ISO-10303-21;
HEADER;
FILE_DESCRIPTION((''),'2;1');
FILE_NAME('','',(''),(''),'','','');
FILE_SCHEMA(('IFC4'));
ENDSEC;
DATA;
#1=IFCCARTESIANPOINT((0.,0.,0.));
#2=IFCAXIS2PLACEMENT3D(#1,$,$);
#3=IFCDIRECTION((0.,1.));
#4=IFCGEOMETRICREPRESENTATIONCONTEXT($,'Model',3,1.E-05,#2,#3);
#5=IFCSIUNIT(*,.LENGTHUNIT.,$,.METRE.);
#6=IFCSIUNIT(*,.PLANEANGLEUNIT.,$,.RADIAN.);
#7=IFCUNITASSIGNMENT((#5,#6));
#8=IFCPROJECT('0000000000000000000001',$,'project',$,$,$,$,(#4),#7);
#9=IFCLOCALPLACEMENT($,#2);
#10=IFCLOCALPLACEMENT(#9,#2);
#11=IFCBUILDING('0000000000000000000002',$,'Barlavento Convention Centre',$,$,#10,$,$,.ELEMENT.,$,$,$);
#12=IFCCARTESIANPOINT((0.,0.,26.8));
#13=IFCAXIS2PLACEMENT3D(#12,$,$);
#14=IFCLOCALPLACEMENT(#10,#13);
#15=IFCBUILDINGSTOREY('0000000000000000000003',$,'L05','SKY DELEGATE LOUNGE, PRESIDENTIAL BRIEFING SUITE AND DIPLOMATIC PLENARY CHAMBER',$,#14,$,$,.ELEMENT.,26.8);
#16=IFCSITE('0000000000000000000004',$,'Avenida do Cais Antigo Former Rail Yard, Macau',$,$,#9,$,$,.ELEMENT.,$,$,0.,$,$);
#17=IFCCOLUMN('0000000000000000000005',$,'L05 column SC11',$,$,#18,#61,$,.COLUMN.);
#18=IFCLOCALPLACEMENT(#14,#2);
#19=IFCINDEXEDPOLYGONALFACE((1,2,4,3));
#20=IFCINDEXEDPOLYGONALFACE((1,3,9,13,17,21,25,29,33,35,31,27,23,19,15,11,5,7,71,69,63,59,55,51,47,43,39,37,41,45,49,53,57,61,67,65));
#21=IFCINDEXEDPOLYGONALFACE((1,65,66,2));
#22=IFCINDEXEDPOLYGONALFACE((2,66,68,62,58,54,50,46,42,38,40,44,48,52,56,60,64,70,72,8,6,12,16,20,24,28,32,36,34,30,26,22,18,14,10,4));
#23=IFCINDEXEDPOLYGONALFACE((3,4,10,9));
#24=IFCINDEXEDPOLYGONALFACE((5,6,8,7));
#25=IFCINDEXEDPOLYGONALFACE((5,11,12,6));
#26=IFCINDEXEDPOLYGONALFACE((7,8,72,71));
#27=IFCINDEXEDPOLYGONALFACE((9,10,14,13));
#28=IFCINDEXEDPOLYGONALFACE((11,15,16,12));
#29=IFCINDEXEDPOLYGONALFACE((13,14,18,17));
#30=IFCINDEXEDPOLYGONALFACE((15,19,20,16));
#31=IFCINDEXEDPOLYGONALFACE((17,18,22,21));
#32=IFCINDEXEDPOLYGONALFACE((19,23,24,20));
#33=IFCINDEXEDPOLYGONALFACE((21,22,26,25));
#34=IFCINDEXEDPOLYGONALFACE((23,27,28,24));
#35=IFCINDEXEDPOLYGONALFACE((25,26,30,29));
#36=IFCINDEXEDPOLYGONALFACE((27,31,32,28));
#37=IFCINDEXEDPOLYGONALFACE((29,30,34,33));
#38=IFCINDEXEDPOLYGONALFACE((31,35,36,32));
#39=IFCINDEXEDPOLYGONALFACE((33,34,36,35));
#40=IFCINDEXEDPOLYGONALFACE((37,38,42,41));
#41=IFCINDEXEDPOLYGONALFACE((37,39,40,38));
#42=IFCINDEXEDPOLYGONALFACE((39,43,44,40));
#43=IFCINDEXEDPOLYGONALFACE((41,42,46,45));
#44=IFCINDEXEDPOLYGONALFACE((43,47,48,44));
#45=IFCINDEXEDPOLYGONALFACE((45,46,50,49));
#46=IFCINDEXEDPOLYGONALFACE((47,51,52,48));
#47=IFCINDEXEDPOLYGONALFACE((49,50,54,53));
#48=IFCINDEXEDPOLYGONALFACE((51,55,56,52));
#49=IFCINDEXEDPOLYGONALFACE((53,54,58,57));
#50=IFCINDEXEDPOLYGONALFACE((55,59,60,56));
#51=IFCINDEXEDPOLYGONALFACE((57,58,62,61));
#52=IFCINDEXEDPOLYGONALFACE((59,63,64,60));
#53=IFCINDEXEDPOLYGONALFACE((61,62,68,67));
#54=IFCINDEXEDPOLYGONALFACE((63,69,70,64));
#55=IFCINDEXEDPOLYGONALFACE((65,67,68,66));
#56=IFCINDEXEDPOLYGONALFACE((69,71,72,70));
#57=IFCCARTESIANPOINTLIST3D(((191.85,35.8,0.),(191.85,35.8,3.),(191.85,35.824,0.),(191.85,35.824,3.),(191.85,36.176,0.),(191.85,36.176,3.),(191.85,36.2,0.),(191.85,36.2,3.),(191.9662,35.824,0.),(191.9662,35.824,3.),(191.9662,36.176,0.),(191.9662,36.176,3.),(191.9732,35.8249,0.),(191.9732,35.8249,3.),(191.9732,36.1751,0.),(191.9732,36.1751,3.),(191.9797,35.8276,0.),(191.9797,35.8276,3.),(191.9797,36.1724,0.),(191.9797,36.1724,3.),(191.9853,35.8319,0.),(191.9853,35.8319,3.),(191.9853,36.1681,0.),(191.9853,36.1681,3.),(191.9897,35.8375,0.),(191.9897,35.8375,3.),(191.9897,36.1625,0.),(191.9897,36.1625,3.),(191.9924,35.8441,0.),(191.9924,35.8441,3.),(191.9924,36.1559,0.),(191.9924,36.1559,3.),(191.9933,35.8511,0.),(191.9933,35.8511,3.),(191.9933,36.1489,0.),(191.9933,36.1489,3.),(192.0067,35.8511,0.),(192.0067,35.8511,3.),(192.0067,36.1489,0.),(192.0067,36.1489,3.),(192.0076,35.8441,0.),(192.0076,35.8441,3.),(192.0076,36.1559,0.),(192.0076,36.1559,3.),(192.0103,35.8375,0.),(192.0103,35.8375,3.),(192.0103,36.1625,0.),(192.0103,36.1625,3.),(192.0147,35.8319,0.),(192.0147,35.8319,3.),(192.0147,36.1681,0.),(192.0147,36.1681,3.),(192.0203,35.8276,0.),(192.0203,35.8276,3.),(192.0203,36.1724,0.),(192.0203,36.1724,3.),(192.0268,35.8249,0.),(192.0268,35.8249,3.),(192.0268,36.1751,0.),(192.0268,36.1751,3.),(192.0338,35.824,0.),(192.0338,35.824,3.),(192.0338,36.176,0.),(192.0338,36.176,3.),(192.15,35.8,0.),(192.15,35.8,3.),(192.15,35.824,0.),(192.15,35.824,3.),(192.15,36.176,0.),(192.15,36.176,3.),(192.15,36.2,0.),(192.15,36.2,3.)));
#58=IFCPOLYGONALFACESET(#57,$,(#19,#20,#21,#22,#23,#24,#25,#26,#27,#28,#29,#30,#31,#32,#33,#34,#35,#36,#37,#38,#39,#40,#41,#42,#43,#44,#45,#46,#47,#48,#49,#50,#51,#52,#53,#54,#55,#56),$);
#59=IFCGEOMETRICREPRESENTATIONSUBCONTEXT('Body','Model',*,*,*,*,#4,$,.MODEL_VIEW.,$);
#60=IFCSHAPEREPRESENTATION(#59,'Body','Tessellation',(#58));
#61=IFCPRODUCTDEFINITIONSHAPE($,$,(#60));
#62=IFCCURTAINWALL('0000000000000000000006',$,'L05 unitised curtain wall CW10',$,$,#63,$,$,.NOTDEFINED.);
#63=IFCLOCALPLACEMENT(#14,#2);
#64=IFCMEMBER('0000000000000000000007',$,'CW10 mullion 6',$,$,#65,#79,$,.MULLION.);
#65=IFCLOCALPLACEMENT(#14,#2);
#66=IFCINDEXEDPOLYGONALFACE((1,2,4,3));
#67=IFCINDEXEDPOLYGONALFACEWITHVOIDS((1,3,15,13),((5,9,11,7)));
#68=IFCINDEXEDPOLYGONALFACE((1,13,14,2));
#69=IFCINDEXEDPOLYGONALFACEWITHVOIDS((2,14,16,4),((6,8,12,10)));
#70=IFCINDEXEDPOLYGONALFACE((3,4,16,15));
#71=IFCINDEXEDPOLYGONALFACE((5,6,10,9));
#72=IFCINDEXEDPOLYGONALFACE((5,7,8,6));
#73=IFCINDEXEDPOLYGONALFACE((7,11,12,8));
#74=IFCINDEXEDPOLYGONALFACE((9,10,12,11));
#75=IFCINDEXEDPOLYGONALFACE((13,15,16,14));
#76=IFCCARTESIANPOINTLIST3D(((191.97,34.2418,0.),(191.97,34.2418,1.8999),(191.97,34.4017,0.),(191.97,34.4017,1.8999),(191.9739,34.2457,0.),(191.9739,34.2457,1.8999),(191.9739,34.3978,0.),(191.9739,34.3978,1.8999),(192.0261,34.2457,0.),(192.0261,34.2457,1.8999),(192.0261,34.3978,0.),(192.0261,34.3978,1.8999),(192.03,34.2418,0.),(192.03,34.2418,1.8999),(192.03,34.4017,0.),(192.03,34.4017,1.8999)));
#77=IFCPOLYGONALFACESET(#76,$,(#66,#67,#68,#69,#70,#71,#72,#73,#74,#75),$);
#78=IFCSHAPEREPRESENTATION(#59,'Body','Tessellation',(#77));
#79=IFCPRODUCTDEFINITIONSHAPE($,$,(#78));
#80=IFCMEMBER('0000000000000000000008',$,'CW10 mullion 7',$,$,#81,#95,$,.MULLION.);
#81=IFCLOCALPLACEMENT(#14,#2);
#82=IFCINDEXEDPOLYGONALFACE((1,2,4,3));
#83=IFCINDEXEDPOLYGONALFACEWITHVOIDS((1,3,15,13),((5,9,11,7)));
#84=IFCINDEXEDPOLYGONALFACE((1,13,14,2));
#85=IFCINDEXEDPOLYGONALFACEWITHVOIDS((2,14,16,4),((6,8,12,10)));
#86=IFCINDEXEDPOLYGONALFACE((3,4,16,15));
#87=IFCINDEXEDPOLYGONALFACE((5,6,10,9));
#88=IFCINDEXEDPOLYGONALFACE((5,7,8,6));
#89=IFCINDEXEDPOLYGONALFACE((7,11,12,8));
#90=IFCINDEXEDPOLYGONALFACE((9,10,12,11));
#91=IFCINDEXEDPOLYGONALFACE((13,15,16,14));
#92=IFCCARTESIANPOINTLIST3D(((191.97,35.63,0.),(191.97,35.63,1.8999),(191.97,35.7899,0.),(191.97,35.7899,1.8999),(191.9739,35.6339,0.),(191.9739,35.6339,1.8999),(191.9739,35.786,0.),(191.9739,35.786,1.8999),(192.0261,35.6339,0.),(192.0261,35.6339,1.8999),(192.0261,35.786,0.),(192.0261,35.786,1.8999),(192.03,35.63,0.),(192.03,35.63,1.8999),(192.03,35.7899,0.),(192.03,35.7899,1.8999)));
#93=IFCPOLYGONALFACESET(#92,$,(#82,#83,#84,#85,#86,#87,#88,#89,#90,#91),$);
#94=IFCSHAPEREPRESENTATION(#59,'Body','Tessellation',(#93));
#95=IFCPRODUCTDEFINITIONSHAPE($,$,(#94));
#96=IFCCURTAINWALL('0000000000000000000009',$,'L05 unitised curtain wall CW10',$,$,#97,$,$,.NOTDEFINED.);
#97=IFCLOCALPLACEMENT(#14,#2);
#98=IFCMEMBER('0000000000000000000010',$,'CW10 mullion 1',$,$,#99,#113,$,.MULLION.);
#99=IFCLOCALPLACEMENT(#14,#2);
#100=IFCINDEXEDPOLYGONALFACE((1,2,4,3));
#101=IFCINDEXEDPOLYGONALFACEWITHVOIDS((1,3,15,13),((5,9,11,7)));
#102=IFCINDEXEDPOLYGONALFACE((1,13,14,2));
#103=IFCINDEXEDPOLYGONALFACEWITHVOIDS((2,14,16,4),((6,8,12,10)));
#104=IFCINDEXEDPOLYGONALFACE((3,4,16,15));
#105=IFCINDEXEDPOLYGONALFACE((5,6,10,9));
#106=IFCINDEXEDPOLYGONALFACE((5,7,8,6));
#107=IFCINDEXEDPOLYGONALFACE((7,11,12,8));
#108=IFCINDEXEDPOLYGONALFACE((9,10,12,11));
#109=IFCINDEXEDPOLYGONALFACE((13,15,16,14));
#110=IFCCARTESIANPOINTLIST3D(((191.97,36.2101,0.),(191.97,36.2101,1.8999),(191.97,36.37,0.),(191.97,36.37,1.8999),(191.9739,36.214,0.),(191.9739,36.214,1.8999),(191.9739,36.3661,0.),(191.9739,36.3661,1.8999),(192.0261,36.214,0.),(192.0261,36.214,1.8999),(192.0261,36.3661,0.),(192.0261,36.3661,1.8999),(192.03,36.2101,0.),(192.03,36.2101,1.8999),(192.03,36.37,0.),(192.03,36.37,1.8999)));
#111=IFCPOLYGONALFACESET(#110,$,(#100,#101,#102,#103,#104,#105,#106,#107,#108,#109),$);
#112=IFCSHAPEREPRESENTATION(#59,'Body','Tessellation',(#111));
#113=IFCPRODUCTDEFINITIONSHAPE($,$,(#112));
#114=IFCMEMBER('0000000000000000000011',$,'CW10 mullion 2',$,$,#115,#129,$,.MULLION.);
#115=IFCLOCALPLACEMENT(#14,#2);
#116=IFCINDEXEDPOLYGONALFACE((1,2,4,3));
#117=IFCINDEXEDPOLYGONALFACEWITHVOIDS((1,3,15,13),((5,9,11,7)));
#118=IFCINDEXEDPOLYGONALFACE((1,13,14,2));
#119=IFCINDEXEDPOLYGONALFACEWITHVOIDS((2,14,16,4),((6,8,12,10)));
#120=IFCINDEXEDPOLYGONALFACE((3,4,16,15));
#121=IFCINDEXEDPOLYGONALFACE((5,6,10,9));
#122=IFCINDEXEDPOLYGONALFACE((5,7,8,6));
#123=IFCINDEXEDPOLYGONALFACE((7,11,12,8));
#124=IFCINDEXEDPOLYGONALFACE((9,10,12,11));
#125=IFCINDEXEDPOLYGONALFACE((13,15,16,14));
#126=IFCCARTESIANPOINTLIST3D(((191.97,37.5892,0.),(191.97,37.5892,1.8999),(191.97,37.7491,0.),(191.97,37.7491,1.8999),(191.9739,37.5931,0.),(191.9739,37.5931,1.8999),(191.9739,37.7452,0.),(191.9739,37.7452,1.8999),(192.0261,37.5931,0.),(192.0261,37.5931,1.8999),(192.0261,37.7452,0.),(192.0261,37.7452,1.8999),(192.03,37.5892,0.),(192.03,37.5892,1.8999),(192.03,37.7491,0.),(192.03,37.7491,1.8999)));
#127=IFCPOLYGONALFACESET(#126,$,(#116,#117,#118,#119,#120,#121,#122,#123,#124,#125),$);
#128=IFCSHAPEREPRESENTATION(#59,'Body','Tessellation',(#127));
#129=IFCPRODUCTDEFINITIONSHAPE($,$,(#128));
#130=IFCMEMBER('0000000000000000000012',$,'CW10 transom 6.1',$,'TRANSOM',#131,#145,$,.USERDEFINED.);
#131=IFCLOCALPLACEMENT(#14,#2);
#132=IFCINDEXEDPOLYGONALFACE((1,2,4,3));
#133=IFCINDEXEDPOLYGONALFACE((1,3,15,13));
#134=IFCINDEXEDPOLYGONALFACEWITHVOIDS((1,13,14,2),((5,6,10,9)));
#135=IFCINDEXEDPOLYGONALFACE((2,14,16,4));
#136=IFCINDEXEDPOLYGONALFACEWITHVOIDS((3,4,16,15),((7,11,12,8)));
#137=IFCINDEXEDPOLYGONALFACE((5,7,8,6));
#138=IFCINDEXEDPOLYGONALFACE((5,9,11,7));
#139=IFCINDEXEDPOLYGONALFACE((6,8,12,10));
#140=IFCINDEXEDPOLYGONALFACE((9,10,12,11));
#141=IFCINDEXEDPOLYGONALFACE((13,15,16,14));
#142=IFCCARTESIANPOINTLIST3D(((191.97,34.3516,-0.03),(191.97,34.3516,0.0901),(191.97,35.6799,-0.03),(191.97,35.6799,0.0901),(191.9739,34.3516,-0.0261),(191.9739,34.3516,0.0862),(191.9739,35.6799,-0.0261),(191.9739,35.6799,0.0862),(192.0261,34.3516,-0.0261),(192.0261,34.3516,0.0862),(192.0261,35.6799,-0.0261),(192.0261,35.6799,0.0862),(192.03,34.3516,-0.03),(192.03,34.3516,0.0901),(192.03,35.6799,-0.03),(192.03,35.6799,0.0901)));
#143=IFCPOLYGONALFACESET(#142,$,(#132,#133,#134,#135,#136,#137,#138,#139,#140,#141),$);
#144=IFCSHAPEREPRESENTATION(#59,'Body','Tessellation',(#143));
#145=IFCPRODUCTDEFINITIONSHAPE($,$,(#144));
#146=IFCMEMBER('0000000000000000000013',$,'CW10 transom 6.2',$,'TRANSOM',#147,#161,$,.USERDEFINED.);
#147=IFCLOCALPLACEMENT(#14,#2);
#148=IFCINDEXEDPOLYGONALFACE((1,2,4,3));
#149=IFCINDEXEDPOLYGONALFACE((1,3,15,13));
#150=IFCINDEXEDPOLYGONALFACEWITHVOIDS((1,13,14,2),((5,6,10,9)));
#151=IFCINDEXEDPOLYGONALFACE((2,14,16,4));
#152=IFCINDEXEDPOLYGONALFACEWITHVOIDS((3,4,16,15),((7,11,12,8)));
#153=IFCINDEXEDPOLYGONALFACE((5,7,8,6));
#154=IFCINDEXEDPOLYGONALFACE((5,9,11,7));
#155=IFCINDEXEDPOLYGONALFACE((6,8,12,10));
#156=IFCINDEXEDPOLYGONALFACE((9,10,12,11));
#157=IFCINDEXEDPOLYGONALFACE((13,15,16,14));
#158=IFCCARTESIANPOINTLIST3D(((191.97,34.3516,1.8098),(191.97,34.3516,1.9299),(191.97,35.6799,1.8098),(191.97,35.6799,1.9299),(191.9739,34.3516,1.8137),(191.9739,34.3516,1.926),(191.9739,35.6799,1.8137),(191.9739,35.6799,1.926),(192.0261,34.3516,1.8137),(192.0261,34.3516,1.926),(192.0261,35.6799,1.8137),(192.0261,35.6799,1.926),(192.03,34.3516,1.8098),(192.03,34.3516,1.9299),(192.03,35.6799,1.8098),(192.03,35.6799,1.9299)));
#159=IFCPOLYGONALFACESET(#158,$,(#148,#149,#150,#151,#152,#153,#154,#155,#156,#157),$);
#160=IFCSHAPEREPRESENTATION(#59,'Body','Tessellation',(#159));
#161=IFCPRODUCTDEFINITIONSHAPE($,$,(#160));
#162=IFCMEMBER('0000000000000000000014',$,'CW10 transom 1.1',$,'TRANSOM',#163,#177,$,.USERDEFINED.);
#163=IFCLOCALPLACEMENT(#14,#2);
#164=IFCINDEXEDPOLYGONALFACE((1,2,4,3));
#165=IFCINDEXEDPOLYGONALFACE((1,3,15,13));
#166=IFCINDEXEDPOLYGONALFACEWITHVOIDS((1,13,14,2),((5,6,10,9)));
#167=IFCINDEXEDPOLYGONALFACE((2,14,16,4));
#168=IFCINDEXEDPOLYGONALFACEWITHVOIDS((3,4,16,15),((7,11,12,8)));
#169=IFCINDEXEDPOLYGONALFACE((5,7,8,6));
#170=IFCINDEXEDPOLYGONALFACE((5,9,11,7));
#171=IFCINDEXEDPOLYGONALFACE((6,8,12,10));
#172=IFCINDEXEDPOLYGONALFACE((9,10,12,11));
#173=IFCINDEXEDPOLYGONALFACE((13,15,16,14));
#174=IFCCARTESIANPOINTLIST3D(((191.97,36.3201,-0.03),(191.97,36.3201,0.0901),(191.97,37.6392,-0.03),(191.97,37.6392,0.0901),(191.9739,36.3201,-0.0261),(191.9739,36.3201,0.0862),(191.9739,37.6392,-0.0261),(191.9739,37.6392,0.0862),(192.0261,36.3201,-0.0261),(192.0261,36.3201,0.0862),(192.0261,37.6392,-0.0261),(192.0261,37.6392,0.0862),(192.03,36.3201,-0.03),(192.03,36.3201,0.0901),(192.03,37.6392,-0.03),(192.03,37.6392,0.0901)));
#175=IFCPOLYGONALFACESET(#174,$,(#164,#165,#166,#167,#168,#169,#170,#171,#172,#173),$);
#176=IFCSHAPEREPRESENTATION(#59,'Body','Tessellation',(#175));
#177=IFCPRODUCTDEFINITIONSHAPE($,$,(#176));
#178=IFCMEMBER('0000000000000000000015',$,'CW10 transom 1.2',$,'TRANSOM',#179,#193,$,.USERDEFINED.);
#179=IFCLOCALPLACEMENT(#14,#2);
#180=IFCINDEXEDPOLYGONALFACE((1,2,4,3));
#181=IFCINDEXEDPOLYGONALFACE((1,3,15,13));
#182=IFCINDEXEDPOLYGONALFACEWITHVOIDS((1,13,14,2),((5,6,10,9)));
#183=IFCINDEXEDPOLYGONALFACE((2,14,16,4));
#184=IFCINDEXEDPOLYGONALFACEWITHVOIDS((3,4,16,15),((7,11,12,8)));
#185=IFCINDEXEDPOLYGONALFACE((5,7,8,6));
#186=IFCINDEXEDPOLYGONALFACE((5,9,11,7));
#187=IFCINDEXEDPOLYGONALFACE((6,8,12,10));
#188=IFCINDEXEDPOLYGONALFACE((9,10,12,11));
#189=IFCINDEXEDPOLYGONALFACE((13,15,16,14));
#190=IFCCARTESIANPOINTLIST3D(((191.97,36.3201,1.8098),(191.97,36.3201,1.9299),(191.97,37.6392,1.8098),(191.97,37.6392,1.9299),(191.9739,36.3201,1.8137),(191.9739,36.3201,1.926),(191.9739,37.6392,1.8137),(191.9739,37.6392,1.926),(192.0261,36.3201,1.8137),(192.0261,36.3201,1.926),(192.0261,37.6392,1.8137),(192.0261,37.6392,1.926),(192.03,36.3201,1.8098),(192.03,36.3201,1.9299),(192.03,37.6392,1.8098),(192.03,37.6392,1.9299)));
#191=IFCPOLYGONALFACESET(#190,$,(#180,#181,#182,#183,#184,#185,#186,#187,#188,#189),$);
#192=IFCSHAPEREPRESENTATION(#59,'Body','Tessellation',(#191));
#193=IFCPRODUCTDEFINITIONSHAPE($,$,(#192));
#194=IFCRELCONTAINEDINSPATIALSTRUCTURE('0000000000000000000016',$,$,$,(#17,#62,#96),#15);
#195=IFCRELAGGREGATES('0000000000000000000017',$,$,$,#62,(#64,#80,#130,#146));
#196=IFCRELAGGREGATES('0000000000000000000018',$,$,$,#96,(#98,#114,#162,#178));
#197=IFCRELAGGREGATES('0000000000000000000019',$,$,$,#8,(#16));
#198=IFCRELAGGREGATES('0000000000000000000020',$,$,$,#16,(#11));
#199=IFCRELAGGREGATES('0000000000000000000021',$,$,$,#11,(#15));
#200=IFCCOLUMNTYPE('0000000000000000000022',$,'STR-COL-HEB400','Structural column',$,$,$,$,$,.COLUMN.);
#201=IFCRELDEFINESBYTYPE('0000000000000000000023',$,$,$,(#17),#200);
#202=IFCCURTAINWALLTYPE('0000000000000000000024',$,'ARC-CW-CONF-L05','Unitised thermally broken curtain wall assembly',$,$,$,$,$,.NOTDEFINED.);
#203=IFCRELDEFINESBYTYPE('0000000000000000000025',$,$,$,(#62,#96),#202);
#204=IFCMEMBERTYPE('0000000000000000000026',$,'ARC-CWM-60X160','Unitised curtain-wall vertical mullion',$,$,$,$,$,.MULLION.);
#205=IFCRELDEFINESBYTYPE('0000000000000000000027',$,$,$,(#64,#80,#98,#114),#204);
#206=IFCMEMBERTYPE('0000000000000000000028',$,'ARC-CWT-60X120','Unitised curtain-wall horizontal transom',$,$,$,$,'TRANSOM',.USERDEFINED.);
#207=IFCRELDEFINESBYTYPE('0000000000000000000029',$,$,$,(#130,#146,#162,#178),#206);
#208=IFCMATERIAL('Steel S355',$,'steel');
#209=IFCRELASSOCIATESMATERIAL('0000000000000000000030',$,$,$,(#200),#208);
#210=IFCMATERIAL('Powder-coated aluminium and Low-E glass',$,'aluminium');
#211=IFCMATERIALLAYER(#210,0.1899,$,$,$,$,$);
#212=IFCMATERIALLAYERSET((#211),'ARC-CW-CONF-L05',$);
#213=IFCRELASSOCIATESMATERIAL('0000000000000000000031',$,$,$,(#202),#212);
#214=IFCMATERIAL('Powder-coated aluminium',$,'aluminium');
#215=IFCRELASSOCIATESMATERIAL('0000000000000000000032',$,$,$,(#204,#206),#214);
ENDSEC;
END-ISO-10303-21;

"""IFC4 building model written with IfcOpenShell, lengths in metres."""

from ifc_helpers import new_model, si_unit, direction, frame, origin, origin_2d, place, context, subcontext, project, spatial, hollow_rectangle, i_section, extrude, material, layer, layer_set, material_profile, profile_set, type_object, element, aggregate, save


model = new_model("IFC4")

# Units and contexts
model_context = context("Model", 3, precision=1e-05, world=origin(), true_north=direction((0.0, 1.0)))
body_context = subcontext(model_context, "Body", "Model", "MODEL_VIEW")
ifc_project = project(units=[si_unit("LENGTHUNIT", "METRE"), si_unit("PLANEANGLEUNIT", "RADIAN")], contexts=[model_context])

# Site, building, storey
site_placement = place(None, origin())
site = spatial("IfcSite", under=ifc_project, at=site_placement, Name="Avenida do Cais Antigo Former Rail Yard, Macau", CompositionType="ELEMENT", RefElevation=0.0)
building_placement = place(site_placement, origin())
building = spatial("IfcBuilding", under=site, at=building_placement, Name="Barlavento Convention Centre", CompositionType="ELEMENT")
storey_placement = place(building_placement, frame((0.0, 0.0, 26.8)))
storey = spatial("IfcBuildingStorey", under=building, at=storey_placement, Name="L05", Description="SKY DELEGATE LOUNGE, PRESIDENTIAL BRIEFING SUITE AND DIPLOMATIC PLENARY CHAMBER", CompositionType="ELEMENT", Elevation=26.8)

# Column
ifc_material_1 = material(Name="Steel S355", Category="steel")
ifc_material_profile_1 = material_profile(ifc_material_1, i_section(OverallWidth=0.3, OverallDepth=0.3999, WebThickness=0.0134, FlangeThickness=0.0239, FilletRadius=0.0271, at=origin_2d()), Name="HEB 400")
ifc_profile_set_1 = profile_set([ifc_material_profile_1], Name="Steel S355")
column_type = type_object("IfcColumnType", Name="STR-COL-HEB400", Description="Structural column", PredefinedType="COLUMN", material=ifc_profile_set_1)
column_placement = place(storey_placement, frame((192.0, 36.0, 0.0), z_axis=(0.0, 0.0, 1.0), x_axis=(1.0, 0.0, 0.0)))
element("IfcColumn", 1, at=column_placement, inside=storey, type_object=column_type, Name="L05 column SC11", PredefinedType="COLUMN", context=body_context, shape_type="SweptSolid", body=[
    extrude(i_section(OverallWidth=0.3, OverallDepth=0.3999, WebThickness=0.0134, FlangeThickness=0.0239, FilletRadius=0.0271, at=origin_2d()), origin(), (0.0, 0.0, 1.0), 3.0),
])

# Curtain walls, members
ifc_material_2 = material(Name="Powder-coated aluminium and Low-E glass", Category="aluminium")
ifc_layer_1 = layer(ifc_material_2, 0.1899)
ifc_layer_set_1 = layer_set([ifc_layer_1], Name="ARC-CW-CONF-L05")
curtain_wall_type = type_object("IfcCurtainWallType", Name="ARC-CW-CONF-L05", Description="Unitised thermally broken curtain wall assembly", PredefinedType="NOTDEFINED", material=ifc_layer_set_1)
curtain_wall_1_placement = place(storey_placement, origin())
curtain_wall_1 = element("IfcCurtainWall", 2, at=curtain_wall_1_placement, inside=storey, type_object=curtain_wall_type, Name="L05 unitised curtain wall CW10", PredefinedType="NOTDEFINED")
ifc_material_3 = material(Name="Powder-coated aluminium", Category="aluminium")
ifc_material_profile_2 = material_profile(ifc_material_3, hollow_rectangle(XDim=0.0601, YDim=0.1599, WallThickness=0.0039, at=origin_2d()), Name="AL-MULL 60x160x4")
ifc_profile_set_2 = profile_set([ifc_material_profile_2], Name="Powder-coated aluminium")
member_type_1 = type_object("IfcMemberType", Name="ARC-CWM-60X160", Description="Unitised curtain-wall vertical mullion", PredefinedType="MULLION", material=ifc_profile_set_2)
member_1_placement = place(storey_placement, frame((192.0, 34.3218, 0.0), z_axis=(0.0, 0.0, 1.0), x_axis=(-1.0, 0.0, 0.0)))
member_1 = element("IfcMember", 3, at=member_1_placement, type_object=member_type_1, Name="CW10 mullion 6", PredefinedType="MULLION", context=body_context, shape_type="SweptSolid", body=[
    extrude(hollow_rectangle(XDim=0.0601, YDim=0.1599, WallThickness=0.0039, at=origin_2d()), origin(), (0.0, 0.0, 1.0), 1.8999),
])
member_2_placement = place(storey_placement, frame((192.0, 35.71, 0.0), z_axis=(0.0, 0.0, 1.0), x_axis=(-1.0, 0.0, 0.0)))
member_2 = element("IfcMember", 4, at=member_2_placement, type_object=member_type_1, Name="CW10 mullion 7", PredefinedType="MULLION", context=body_context, shape_type="SweptSolid", body=[
    extrude(hollow_rectangle(XDim=0.0601, YDim=0.1599, WallThickness=0.0039, at=origin_2d()), origin(), (0.0, 0.0, 1.0), 1.8999),
])
curtain_wall_2_placement = place(storey_placement, origin())
curtain_wall_2 = element("IfcCurtainWall", 5, at=curtain_wall_2_placement, inside=storey, type_object=curtain_wall_type, Name="L05 unitised curtain wall CW10", PredefinedType="NOTDEFINED")
member_3_placement = place(storey_placement, frame((192.0, 36.29, 0.0), z_axis=(0.0, 0.0, 1.0), x_axis=(-1.0, 0.0, 0.0)))
member_3 = element("IfcMember", 6, at=member_3_placement, type_object=member_type_1, Name="CW10 mullion 1", PredefinedType="MULLION", context=body_context, shape_type="SweptSolid", body=[
    extrude(hollow_rectangle(XDim=0.0601, YDim=0.1599, WallThickness=0.0039, at=origin_2d()), origin(), (0.0, 0.0, 1.0), 1.8999),
])
member_4_placement = place(storey_placement, frame((192.0, 37.6692, 0.0), z_axis=(0.0, 0.0, 1.0), x_axis=(-1.0, 0.0, 0.0)))
member_4 = element("IfcMember", 7, at=member_4_placement, type_object=member_type_1, Name="CW10 mullion 2", PredefinedType="MULLION", context=body_context, shape_type="SweptSolid", body=[
    extrude(hollow_rectangle(XDim=0.0601, YDim=0.1599, WallThickness=0.0039, at=origin_2d()), origin(), (0.0, 0.0, 1.0), 1.8999),
])

# Members
ifc_material_profile_3 = material_profile(ifc_material_3, hollow_rectangle(XDim=0.0601, YDim=0.1201, WallThickness=0.0039, at=origin_2d()), Name="AL-TRAN 60x120x4")
ifc_profile_set_3 = profile_set([ifc_material_profile_3], Name="Powder-coated aluminium")
member_type_2 = type_object("IfcMemberType", Name="ARC-CWT-60X120", Description="Unitised curtain-wall horizontal transom", ElementType="TRANSOM", PredefinedType="USERDEFINED", material=ifc_profile_set_3)
member_5_placement = place(storey_placement, frame((192.0, 34.3516, 0.03), z_axis=(0.0, 1.0, 0.0), x_axis=(-1.0, 0.0, 0.0)))
member_5 = element("IfcMember", 8, at=member_5_placement, type_object=member_type_2, Name="CW10 transom 6.1", ObjectType="TRANSOM", PredefinedType="USERDEFINED", context=body_context, shape_type="SweptSolid", body=[
    extrude(hollow_rectangle(XDim=0.0601, YDim=0.1201, WallThickness=0.0039, at=origin_2d()), origin(), (0.0, 0.0, 1.0), 1.3284),
])
member_6_placement = place(storey_placement, frame((192.0, 34.3516, 1.8699), z_axis=(0.0, 1.0, 0.0), x_axis=(-1.0, 0.0, 0.0)))
member_6 = element("IfcMember", 9, at=member_6_placement, type_object=member_type_2, Name="CW10 transom 6.2", ObjectType="TRANSOM", PredefinedType="USERDEFINED", context=body_context, shape_type="SweptSolid", body=[
    extrude(hollow_rectangle(XDim=0.0601, YDim=0.1201, WallThickness=0.0039, at=origin_2d()), origin(), (0.0, 0.0, 1.0), 1.3284),
])
member_7_placement = place(storey_placement, frame((192.0, 36.3201, 0.03), z_axis=(0.0, 1.0, 0.0), x_axis=(-1.0, 0.0, 0.0)))
member_7 = element("IfcMember", 10, at=member_7_placement, type_object=member_type_2, Name="CW10 transom 1.1", ObjectType="TRANSOM", PredefinedType="USERDEFINED", context=body_context, shape_type="SweptSolid", body=[
    extrude(hollow_rectangle(XDim=0.0601, YDim=0.1201, WallThickness=0.0039, at=origin_2d()), origin(), (0.0, 0.0, 1.0), 1.3191),
])
member_8_placement = place(storey_placement, frame((192.0, 36.3201, 1.8699), z_axis=(0.0, 1.0, 0.0), x_axis=(-1.0, 0.0, 0.0)))
member_8 = element("IfcMember", 11, at=member_8_placement, type_object=member_type_2, Name="CW10 transom 1.2", ObjectType="TRANSOM", PredefinedType="USERDEFINED", context=body_context, shape_type="SweptSolid", body=[
    extrude(hollow_rectangle(XDim=0.0601, YDim=0.1201, WallThickness=0.0039, at=origin_2d()), origin(), (0.0, 0.0, 1.0), 1.3191),
])

aggregate(curtain_wall_1, [member_1, member_2, member_5, member_6])
aggregate(curtain_wall_2, [member_3, member_4, member_7, member_8])

save(model, "model.ifc")
